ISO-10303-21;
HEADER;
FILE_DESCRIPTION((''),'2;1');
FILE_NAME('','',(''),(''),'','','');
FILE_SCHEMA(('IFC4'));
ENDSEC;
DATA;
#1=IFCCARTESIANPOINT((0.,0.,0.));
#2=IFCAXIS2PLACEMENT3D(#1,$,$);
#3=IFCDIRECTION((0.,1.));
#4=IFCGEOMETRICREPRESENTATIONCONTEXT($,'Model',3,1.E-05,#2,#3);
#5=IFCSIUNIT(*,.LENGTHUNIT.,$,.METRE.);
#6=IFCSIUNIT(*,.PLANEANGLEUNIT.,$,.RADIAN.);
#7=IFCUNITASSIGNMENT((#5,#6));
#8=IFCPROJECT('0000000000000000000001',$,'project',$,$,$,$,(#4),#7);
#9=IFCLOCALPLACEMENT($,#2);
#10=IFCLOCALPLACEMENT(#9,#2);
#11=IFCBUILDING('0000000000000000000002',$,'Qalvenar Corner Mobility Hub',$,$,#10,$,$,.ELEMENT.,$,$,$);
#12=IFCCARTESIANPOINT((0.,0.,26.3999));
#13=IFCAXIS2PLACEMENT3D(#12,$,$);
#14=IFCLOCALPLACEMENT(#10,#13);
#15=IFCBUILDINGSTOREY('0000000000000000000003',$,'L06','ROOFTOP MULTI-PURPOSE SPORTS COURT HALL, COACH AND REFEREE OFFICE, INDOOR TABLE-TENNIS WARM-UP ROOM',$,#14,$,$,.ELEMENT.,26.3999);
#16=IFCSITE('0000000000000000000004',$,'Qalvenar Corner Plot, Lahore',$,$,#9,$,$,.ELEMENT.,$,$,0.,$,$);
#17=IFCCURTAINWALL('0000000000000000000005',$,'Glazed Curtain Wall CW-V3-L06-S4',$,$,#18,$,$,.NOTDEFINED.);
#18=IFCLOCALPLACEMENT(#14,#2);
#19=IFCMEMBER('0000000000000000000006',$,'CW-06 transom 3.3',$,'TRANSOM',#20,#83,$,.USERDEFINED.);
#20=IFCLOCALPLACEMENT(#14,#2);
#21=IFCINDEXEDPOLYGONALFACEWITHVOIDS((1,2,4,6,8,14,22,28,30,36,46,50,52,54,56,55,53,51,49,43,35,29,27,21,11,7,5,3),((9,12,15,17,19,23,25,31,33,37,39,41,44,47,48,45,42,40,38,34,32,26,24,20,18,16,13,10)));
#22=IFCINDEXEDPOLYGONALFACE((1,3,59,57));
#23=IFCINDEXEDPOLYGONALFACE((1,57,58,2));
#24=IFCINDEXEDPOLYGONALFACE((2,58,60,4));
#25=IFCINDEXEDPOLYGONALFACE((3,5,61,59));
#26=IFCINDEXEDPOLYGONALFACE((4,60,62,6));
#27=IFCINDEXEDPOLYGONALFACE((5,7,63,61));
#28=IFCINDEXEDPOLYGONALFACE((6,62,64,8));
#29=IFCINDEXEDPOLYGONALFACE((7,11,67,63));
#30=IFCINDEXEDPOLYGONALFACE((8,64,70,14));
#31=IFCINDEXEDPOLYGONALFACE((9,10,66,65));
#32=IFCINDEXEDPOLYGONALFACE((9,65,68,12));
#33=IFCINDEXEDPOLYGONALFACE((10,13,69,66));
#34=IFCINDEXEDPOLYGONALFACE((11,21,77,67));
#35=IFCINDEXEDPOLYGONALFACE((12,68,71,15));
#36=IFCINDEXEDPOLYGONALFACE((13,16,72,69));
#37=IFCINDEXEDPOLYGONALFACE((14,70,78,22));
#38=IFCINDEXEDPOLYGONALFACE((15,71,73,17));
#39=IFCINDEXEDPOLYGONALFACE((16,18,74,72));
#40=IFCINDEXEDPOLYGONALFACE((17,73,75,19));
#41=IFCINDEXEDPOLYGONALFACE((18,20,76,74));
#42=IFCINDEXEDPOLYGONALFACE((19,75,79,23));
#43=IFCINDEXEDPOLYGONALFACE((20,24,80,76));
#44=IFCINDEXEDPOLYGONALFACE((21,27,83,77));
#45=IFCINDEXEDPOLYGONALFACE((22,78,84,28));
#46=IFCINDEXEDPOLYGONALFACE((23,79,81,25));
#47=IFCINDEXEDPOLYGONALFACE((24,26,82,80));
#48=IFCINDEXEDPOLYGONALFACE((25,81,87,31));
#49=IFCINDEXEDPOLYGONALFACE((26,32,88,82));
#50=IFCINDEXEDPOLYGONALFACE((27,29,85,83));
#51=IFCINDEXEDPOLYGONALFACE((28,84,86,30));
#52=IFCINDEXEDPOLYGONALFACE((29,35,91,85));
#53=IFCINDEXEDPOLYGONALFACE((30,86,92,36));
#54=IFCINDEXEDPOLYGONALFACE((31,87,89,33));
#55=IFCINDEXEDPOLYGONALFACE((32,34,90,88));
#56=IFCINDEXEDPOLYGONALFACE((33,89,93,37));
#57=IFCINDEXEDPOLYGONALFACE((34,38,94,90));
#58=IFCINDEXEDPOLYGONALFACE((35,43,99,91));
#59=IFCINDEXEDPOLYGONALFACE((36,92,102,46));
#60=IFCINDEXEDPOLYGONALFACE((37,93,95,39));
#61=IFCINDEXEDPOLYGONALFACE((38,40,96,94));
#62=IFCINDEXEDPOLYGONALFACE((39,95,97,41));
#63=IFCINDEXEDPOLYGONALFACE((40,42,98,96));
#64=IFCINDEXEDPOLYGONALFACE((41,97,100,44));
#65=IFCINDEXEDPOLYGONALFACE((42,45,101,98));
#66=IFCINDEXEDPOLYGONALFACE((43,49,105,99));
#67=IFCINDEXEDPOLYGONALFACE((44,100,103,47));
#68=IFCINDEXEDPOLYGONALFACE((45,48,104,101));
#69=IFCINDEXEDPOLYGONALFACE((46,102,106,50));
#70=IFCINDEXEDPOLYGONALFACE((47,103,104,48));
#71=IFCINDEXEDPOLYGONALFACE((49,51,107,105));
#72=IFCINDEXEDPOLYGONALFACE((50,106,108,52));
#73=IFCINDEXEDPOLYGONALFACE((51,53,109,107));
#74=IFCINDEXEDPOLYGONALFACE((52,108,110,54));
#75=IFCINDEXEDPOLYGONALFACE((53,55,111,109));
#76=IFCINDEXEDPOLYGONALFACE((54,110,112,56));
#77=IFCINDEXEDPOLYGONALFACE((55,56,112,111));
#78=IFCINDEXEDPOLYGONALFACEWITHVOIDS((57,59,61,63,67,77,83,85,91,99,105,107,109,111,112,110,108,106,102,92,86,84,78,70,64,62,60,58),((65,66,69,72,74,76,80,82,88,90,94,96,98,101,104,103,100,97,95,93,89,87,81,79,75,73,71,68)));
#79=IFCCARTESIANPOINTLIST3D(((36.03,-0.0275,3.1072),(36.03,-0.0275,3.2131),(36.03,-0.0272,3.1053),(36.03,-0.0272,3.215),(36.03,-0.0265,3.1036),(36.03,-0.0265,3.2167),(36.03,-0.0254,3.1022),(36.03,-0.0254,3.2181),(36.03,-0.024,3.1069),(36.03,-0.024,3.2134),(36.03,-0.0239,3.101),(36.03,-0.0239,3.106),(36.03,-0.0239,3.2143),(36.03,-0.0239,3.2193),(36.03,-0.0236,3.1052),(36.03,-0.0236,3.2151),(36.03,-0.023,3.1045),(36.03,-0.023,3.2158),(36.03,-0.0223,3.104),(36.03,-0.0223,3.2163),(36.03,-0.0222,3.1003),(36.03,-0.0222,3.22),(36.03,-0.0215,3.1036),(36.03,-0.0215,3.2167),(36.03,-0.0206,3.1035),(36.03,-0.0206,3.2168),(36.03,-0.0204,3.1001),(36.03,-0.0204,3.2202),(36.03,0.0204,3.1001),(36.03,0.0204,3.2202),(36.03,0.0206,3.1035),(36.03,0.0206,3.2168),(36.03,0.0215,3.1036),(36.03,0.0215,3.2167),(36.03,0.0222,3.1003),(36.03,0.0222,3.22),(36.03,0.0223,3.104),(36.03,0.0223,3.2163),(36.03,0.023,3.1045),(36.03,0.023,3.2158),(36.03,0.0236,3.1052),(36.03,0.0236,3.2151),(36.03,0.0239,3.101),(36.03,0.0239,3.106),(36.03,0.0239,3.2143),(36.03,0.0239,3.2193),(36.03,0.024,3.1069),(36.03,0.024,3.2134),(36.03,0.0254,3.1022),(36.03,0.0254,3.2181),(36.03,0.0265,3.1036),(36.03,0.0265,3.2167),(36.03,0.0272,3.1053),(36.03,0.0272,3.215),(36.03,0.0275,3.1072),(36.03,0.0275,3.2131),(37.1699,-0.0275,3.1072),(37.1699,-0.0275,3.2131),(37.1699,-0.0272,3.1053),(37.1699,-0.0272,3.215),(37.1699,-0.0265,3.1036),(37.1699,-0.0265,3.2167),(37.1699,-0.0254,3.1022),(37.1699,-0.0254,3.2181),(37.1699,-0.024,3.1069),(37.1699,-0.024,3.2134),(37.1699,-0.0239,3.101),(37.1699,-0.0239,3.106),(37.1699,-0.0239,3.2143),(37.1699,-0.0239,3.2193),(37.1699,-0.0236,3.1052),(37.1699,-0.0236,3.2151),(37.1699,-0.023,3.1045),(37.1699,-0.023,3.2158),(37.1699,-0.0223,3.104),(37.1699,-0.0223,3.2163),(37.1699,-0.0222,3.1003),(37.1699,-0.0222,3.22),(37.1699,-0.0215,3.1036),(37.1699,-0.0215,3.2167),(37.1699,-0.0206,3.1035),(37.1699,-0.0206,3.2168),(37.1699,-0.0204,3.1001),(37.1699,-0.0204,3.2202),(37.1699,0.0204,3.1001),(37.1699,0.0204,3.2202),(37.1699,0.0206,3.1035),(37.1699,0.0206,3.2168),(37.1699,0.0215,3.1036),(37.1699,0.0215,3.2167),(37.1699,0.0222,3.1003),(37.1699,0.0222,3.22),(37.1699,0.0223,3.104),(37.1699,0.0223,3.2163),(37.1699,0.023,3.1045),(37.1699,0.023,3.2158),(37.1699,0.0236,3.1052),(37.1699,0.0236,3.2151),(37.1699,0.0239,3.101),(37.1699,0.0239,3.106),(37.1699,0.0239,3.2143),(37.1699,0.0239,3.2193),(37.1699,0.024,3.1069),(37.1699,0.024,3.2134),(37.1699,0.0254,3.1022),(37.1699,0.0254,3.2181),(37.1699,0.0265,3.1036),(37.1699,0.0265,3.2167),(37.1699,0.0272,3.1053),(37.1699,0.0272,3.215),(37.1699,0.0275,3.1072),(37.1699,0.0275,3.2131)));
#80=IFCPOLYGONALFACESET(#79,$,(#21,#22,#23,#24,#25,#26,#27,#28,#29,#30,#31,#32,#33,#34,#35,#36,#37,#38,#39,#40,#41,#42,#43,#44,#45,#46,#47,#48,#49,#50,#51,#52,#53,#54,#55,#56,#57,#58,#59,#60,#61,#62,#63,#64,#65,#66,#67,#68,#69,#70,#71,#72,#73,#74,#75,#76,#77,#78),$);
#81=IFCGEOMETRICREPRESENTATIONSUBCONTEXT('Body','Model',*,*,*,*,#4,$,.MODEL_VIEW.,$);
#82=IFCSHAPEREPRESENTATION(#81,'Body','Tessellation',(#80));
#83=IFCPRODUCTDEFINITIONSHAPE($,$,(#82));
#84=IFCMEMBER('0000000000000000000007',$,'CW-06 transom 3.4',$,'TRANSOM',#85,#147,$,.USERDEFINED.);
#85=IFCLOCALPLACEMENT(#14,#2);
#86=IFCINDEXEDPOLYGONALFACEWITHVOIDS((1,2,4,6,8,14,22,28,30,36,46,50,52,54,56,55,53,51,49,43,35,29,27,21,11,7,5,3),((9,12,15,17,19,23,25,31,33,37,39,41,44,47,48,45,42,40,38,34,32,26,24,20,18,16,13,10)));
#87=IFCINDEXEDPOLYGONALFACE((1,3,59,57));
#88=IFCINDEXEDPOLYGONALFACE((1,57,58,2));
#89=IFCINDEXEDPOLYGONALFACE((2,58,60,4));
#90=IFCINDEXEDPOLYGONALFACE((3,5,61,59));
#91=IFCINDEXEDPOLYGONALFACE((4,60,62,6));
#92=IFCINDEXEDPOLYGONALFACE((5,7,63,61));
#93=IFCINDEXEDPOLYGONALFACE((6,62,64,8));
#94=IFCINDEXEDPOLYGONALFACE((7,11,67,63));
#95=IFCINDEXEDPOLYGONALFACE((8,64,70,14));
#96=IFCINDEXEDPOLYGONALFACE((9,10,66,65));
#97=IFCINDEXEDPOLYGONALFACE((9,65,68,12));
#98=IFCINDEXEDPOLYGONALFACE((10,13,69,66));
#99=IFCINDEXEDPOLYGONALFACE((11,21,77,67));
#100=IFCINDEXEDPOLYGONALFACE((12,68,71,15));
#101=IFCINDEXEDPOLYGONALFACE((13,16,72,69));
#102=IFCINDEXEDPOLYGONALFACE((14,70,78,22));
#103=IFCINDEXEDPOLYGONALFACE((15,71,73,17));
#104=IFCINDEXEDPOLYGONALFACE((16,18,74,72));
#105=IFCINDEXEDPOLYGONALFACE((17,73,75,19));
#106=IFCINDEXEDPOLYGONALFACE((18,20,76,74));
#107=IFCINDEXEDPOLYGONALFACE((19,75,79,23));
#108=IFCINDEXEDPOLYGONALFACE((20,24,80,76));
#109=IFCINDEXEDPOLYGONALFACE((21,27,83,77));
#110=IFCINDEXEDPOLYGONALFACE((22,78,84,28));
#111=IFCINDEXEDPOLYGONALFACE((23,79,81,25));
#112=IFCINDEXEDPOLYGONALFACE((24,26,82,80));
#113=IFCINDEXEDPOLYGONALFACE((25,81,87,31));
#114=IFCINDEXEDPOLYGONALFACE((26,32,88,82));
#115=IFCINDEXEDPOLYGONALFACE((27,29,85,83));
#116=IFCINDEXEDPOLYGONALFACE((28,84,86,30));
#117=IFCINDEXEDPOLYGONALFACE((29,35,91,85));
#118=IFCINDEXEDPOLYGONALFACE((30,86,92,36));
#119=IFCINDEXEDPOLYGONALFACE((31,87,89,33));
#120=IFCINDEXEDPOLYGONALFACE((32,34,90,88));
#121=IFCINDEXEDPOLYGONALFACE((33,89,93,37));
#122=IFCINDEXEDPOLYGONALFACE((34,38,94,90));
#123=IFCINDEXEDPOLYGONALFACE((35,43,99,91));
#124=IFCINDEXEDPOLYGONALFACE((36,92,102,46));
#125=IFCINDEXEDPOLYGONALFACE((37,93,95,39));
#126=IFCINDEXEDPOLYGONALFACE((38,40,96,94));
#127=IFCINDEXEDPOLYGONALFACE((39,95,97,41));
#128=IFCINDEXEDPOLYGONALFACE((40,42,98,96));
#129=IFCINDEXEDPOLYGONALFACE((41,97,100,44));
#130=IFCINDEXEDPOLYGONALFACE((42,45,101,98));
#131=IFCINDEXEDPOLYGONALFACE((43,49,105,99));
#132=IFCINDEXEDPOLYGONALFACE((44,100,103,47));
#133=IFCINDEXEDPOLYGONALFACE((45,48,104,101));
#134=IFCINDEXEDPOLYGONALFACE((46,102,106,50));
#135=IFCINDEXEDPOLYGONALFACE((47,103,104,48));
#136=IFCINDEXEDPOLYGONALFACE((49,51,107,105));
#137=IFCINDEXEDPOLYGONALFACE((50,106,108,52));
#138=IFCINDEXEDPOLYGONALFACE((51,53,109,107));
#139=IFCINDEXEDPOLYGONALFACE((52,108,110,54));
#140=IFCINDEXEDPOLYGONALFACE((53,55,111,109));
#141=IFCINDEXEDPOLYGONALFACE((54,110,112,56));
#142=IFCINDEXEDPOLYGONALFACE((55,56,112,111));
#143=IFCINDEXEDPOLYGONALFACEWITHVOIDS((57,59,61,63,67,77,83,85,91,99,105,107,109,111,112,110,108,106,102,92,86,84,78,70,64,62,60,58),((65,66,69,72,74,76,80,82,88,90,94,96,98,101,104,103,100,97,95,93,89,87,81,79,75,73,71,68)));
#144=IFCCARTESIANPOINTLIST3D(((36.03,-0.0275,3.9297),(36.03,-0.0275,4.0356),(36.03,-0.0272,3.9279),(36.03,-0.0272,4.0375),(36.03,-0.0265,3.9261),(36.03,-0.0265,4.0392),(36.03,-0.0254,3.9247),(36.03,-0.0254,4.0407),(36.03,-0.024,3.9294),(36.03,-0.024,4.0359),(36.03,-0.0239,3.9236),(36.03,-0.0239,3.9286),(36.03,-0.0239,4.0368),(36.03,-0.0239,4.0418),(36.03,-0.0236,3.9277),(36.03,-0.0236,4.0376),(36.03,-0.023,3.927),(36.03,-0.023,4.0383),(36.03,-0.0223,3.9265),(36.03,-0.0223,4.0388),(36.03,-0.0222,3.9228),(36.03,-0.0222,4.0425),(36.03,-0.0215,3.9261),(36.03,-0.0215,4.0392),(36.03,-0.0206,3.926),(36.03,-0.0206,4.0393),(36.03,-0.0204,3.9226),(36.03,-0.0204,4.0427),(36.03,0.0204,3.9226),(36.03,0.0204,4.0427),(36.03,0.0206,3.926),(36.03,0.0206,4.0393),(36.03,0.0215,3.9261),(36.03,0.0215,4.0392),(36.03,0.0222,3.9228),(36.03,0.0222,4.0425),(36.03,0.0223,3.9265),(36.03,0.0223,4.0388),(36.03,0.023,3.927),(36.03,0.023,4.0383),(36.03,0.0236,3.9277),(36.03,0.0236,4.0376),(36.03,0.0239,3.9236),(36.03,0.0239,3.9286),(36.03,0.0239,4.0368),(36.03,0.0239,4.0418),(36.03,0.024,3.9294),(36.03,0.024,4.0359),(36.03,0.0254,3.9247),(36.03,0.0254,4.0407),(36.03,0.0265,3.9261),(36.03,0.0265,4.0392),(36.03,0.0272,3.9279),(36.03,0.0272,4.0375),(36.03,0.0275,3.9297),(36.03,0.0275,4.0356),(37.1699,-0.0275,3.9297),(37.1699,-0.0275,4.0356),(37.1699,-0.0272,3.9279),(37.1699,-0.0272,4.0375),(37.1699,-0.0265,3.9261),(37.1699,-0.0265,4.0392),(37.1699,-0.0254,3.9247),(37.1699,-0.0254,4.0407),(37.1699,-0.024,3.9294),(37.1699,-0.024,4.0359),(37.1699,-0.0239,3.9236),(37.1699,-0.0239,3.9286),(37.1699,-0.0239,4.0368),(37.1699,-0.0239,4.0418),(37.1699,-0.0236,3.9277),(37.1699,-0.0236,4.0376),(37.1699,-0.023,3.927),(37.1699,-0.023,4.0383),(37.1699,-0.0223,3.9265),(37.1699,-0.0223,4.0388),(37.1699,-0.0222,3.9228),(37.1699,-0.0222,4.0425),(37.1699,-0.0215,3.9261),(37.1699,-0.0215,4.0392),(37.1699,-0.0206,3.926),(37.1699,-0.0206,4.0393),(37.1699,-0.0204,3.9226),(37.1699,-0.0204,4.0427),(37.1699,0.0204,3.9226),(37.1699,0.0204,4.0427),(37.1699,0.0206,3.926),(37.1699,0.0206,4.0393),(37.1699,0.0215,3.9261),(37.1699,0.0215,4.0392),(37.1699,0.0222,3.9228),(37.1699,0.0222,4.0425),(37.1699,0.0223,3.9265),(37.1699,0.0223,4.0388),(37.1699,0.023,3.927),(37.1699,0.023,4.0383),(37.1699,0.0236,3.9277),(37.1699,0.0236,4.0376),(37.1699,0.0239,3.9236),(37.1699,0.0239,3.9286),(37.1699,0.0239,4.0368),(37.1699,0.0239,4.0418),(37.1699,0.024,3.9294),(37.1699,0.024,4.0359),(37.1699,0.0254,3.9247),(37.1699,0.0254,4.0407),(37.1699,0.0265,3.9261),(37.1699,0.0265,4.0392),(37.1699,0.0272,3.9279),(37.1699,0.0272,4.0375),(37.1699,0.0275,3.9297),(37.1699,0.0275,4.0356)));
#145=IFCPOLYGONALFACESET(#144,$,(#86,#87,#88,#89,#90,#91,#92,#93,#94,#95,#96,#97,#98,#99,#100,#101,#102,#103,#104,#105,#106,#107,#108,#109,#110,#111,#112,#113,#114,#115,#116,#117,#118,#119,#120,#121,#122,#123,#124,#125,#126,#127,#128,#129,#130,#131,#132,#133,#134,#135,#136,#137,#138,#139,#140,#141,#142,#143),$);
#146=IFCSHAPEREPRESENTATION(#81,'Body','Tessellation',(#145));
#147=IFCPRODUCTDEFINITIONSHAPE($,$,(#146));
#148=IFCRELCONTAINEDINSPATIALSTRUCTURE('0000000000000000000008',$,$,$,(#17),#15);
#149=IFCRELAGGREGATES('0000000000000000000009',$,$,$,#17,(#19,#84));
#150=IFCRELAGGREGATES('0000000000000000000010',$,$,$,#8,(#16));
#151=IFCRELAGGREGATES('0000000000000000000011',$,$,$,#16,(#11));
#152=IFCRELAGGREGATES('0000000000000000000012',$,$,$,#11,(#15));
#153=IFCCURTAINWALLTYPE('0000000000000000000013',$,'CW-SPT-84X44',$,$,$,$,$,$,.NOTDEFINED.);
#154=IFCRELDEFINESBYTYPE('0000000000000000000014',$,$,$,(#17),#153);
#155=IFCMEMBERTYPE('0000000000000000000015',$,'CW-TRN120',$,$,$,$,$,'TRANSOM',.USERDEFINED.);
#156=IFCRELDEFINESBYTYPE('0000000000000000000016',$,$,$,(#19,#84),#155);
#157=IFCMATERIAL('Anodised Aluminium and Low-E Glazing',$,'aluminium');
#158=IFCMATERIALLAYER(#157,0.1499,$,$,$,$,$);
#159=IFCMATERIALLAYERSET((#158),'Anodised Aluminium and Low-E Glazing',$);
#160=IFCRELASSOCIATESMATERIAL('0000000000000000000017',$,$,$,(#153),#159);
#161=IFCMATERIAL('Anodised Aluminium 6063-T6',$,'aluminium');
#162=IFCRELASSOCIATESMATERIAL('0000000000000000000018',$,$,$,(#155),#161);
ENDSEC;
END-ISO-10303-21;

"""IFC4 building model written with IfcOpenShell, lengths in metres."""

from ifc_helpers import new_model, si_unit, direction, frame, origin, origin_2d, place, context, subcontext, project, spatial, hollow_rectangle, extrude, material, layer, layer_set, material_profile, profile_set, type_object, element, aggregate, save


model = new_model("IFC4")

# Units and contexts
model_context = context("Model", 3, precision=1e-05, world=origin(), true_north=direction((0.0, 1.0)))
body_context = subcontext(model_context, "Body", "Model", "MODEL_VIEW")
ifc_project = project(units=[si_unit("LENGTHUNIT", "METRE"), si_unit("PLANEANGLEUNIT", "RADIAN")], contexts=[model_context])

# Site, building, storey
site_placement = place(None, origin())
site = spatial("IfcSite", under=ifc_project, at=site_placement, Name="Qalvenar Corner Plot, Lahore", CompositionType="ELEMENT", RefElevation=0.0)
building_placement = place(site_placement, origin())
building = spatial("IfcBuilding", under=site, at=building_placement, Name="Qalvenar Corner Mobility Hub", CompositionType="ELEMENT")
storey_placement = place(building_placement, frame((0.0, 0.0, 26.3999)))
storey = spatial("IfcBuildingStorey", under=building, at=storey_placement, Name="L06", Description="ROOFTOP MULTI-PURPOSE SPORTS COURT HALL, COACH AND REFEREE OFFICE, INDOOR TABLE-TENNIS WARM-UP ROOM", CompositionType="ELEMENT", Elevation=26.3999)

# Curtain wall, members
ifc_material_1 = material(Name="Anodised Aluminium and Low-E Glazing", Category="aluminium")
ifc_layer_1 = layer(ifc_material_1, 0.1499)
ifc_layer_set_1 = layer_set([ifc_layer_1], Name="Anodised Aluminium and Low-E Glazing")
curtain_wall_type = type_object("IfcCurtainWallType", Name="CW-SPT-84X44", PredefinedType="NOTDEFINED", material=ifc_layer_set_1)
curtain_wall_placement = place(storey_placement, origin())
curtain_wall = element("IfcCurtainWall", 1, at=curtain_wall_placement, inside=storey, type_object=curtain_wall_type, Name="Glazed Curtain Wall CW-V3-L06-S4", PredefinedType="NOTDEFINED")
ifc_material_2 = material(Name="Anodised Aluminium 6063-T6", Category="aluminium")
ifc_material_profile_1 = material_profile(ifc_material_2, hollow_rectangle(XDim=0.0549, YDim=0.1201, WallThickness=0.0034, InnerFilletRadius=0.0034, OuterFilletRadius=0.0071, at=origin_2d()), Name="RHS120x55x3.5")
ifc_profile_set_1 = profile_set([ifc_material_profile_1], Name="Anodised Aluminium 6063-T6")
member_type_1 = type_object("IfcMemberType", Name="CW-TRN120", ElementType="TRANSOM", PredefinedType="USERDEFINED", material=ifc_profile_set_1)
member_1_placement = place(storey_placement, frame((36.03, 0.0, 3.1602), z_axis=(1.0, 0.0, 0.0), x_axis=(0.0, 1.0, 0.0)))
member_1 = element("IfcMember", 2, at=member_1_placement, type_object=member_type_1, Name="CW-06 transom 3.3", ObjectType="TRANSOM", PredefinedType="USERDEFINED", context=body_context, shape_type="SweptSolid", body=[
    extrude(hollow_rectangle(XDim=0.0549, YDim=0.1201, WallThickness=0.0034, InnerFilletRadius=0.0034, OuterFilletRadius=0.0071, at=origin_2d()), origin(), (0.0, 0.0, 1.0), 1.1399),
])
member_2_placement = place(storey_placement, frame((36.03, 0.0, 3.9827), z_axis=(1.0, 0.0, 0.0), x_axis=(0.0, 1.0, 0.0)))
member_2 = element("IfcMember", 3, at=member_2_placement, type_object=member_type_1, Name="CW-06 transom 3.4", ObjectType="TRANSOM", PredefinedType="USERDEFINED", context=body_context, shape_type="SweptSolid", body=[
    extrude(hollow_rectangle(XDim=0.0549, YDim=0.1201, WallThickness=0.0034, InnerFilletRadius=0.0034, OuterFilletRadius=0.0071, at=origin_2d()), origin(), (0.0, 0.0, 1.0), 1.1399),
])
aggregate(curtain_wall, [member_1, member_2])

save(model, "model.ifc")
